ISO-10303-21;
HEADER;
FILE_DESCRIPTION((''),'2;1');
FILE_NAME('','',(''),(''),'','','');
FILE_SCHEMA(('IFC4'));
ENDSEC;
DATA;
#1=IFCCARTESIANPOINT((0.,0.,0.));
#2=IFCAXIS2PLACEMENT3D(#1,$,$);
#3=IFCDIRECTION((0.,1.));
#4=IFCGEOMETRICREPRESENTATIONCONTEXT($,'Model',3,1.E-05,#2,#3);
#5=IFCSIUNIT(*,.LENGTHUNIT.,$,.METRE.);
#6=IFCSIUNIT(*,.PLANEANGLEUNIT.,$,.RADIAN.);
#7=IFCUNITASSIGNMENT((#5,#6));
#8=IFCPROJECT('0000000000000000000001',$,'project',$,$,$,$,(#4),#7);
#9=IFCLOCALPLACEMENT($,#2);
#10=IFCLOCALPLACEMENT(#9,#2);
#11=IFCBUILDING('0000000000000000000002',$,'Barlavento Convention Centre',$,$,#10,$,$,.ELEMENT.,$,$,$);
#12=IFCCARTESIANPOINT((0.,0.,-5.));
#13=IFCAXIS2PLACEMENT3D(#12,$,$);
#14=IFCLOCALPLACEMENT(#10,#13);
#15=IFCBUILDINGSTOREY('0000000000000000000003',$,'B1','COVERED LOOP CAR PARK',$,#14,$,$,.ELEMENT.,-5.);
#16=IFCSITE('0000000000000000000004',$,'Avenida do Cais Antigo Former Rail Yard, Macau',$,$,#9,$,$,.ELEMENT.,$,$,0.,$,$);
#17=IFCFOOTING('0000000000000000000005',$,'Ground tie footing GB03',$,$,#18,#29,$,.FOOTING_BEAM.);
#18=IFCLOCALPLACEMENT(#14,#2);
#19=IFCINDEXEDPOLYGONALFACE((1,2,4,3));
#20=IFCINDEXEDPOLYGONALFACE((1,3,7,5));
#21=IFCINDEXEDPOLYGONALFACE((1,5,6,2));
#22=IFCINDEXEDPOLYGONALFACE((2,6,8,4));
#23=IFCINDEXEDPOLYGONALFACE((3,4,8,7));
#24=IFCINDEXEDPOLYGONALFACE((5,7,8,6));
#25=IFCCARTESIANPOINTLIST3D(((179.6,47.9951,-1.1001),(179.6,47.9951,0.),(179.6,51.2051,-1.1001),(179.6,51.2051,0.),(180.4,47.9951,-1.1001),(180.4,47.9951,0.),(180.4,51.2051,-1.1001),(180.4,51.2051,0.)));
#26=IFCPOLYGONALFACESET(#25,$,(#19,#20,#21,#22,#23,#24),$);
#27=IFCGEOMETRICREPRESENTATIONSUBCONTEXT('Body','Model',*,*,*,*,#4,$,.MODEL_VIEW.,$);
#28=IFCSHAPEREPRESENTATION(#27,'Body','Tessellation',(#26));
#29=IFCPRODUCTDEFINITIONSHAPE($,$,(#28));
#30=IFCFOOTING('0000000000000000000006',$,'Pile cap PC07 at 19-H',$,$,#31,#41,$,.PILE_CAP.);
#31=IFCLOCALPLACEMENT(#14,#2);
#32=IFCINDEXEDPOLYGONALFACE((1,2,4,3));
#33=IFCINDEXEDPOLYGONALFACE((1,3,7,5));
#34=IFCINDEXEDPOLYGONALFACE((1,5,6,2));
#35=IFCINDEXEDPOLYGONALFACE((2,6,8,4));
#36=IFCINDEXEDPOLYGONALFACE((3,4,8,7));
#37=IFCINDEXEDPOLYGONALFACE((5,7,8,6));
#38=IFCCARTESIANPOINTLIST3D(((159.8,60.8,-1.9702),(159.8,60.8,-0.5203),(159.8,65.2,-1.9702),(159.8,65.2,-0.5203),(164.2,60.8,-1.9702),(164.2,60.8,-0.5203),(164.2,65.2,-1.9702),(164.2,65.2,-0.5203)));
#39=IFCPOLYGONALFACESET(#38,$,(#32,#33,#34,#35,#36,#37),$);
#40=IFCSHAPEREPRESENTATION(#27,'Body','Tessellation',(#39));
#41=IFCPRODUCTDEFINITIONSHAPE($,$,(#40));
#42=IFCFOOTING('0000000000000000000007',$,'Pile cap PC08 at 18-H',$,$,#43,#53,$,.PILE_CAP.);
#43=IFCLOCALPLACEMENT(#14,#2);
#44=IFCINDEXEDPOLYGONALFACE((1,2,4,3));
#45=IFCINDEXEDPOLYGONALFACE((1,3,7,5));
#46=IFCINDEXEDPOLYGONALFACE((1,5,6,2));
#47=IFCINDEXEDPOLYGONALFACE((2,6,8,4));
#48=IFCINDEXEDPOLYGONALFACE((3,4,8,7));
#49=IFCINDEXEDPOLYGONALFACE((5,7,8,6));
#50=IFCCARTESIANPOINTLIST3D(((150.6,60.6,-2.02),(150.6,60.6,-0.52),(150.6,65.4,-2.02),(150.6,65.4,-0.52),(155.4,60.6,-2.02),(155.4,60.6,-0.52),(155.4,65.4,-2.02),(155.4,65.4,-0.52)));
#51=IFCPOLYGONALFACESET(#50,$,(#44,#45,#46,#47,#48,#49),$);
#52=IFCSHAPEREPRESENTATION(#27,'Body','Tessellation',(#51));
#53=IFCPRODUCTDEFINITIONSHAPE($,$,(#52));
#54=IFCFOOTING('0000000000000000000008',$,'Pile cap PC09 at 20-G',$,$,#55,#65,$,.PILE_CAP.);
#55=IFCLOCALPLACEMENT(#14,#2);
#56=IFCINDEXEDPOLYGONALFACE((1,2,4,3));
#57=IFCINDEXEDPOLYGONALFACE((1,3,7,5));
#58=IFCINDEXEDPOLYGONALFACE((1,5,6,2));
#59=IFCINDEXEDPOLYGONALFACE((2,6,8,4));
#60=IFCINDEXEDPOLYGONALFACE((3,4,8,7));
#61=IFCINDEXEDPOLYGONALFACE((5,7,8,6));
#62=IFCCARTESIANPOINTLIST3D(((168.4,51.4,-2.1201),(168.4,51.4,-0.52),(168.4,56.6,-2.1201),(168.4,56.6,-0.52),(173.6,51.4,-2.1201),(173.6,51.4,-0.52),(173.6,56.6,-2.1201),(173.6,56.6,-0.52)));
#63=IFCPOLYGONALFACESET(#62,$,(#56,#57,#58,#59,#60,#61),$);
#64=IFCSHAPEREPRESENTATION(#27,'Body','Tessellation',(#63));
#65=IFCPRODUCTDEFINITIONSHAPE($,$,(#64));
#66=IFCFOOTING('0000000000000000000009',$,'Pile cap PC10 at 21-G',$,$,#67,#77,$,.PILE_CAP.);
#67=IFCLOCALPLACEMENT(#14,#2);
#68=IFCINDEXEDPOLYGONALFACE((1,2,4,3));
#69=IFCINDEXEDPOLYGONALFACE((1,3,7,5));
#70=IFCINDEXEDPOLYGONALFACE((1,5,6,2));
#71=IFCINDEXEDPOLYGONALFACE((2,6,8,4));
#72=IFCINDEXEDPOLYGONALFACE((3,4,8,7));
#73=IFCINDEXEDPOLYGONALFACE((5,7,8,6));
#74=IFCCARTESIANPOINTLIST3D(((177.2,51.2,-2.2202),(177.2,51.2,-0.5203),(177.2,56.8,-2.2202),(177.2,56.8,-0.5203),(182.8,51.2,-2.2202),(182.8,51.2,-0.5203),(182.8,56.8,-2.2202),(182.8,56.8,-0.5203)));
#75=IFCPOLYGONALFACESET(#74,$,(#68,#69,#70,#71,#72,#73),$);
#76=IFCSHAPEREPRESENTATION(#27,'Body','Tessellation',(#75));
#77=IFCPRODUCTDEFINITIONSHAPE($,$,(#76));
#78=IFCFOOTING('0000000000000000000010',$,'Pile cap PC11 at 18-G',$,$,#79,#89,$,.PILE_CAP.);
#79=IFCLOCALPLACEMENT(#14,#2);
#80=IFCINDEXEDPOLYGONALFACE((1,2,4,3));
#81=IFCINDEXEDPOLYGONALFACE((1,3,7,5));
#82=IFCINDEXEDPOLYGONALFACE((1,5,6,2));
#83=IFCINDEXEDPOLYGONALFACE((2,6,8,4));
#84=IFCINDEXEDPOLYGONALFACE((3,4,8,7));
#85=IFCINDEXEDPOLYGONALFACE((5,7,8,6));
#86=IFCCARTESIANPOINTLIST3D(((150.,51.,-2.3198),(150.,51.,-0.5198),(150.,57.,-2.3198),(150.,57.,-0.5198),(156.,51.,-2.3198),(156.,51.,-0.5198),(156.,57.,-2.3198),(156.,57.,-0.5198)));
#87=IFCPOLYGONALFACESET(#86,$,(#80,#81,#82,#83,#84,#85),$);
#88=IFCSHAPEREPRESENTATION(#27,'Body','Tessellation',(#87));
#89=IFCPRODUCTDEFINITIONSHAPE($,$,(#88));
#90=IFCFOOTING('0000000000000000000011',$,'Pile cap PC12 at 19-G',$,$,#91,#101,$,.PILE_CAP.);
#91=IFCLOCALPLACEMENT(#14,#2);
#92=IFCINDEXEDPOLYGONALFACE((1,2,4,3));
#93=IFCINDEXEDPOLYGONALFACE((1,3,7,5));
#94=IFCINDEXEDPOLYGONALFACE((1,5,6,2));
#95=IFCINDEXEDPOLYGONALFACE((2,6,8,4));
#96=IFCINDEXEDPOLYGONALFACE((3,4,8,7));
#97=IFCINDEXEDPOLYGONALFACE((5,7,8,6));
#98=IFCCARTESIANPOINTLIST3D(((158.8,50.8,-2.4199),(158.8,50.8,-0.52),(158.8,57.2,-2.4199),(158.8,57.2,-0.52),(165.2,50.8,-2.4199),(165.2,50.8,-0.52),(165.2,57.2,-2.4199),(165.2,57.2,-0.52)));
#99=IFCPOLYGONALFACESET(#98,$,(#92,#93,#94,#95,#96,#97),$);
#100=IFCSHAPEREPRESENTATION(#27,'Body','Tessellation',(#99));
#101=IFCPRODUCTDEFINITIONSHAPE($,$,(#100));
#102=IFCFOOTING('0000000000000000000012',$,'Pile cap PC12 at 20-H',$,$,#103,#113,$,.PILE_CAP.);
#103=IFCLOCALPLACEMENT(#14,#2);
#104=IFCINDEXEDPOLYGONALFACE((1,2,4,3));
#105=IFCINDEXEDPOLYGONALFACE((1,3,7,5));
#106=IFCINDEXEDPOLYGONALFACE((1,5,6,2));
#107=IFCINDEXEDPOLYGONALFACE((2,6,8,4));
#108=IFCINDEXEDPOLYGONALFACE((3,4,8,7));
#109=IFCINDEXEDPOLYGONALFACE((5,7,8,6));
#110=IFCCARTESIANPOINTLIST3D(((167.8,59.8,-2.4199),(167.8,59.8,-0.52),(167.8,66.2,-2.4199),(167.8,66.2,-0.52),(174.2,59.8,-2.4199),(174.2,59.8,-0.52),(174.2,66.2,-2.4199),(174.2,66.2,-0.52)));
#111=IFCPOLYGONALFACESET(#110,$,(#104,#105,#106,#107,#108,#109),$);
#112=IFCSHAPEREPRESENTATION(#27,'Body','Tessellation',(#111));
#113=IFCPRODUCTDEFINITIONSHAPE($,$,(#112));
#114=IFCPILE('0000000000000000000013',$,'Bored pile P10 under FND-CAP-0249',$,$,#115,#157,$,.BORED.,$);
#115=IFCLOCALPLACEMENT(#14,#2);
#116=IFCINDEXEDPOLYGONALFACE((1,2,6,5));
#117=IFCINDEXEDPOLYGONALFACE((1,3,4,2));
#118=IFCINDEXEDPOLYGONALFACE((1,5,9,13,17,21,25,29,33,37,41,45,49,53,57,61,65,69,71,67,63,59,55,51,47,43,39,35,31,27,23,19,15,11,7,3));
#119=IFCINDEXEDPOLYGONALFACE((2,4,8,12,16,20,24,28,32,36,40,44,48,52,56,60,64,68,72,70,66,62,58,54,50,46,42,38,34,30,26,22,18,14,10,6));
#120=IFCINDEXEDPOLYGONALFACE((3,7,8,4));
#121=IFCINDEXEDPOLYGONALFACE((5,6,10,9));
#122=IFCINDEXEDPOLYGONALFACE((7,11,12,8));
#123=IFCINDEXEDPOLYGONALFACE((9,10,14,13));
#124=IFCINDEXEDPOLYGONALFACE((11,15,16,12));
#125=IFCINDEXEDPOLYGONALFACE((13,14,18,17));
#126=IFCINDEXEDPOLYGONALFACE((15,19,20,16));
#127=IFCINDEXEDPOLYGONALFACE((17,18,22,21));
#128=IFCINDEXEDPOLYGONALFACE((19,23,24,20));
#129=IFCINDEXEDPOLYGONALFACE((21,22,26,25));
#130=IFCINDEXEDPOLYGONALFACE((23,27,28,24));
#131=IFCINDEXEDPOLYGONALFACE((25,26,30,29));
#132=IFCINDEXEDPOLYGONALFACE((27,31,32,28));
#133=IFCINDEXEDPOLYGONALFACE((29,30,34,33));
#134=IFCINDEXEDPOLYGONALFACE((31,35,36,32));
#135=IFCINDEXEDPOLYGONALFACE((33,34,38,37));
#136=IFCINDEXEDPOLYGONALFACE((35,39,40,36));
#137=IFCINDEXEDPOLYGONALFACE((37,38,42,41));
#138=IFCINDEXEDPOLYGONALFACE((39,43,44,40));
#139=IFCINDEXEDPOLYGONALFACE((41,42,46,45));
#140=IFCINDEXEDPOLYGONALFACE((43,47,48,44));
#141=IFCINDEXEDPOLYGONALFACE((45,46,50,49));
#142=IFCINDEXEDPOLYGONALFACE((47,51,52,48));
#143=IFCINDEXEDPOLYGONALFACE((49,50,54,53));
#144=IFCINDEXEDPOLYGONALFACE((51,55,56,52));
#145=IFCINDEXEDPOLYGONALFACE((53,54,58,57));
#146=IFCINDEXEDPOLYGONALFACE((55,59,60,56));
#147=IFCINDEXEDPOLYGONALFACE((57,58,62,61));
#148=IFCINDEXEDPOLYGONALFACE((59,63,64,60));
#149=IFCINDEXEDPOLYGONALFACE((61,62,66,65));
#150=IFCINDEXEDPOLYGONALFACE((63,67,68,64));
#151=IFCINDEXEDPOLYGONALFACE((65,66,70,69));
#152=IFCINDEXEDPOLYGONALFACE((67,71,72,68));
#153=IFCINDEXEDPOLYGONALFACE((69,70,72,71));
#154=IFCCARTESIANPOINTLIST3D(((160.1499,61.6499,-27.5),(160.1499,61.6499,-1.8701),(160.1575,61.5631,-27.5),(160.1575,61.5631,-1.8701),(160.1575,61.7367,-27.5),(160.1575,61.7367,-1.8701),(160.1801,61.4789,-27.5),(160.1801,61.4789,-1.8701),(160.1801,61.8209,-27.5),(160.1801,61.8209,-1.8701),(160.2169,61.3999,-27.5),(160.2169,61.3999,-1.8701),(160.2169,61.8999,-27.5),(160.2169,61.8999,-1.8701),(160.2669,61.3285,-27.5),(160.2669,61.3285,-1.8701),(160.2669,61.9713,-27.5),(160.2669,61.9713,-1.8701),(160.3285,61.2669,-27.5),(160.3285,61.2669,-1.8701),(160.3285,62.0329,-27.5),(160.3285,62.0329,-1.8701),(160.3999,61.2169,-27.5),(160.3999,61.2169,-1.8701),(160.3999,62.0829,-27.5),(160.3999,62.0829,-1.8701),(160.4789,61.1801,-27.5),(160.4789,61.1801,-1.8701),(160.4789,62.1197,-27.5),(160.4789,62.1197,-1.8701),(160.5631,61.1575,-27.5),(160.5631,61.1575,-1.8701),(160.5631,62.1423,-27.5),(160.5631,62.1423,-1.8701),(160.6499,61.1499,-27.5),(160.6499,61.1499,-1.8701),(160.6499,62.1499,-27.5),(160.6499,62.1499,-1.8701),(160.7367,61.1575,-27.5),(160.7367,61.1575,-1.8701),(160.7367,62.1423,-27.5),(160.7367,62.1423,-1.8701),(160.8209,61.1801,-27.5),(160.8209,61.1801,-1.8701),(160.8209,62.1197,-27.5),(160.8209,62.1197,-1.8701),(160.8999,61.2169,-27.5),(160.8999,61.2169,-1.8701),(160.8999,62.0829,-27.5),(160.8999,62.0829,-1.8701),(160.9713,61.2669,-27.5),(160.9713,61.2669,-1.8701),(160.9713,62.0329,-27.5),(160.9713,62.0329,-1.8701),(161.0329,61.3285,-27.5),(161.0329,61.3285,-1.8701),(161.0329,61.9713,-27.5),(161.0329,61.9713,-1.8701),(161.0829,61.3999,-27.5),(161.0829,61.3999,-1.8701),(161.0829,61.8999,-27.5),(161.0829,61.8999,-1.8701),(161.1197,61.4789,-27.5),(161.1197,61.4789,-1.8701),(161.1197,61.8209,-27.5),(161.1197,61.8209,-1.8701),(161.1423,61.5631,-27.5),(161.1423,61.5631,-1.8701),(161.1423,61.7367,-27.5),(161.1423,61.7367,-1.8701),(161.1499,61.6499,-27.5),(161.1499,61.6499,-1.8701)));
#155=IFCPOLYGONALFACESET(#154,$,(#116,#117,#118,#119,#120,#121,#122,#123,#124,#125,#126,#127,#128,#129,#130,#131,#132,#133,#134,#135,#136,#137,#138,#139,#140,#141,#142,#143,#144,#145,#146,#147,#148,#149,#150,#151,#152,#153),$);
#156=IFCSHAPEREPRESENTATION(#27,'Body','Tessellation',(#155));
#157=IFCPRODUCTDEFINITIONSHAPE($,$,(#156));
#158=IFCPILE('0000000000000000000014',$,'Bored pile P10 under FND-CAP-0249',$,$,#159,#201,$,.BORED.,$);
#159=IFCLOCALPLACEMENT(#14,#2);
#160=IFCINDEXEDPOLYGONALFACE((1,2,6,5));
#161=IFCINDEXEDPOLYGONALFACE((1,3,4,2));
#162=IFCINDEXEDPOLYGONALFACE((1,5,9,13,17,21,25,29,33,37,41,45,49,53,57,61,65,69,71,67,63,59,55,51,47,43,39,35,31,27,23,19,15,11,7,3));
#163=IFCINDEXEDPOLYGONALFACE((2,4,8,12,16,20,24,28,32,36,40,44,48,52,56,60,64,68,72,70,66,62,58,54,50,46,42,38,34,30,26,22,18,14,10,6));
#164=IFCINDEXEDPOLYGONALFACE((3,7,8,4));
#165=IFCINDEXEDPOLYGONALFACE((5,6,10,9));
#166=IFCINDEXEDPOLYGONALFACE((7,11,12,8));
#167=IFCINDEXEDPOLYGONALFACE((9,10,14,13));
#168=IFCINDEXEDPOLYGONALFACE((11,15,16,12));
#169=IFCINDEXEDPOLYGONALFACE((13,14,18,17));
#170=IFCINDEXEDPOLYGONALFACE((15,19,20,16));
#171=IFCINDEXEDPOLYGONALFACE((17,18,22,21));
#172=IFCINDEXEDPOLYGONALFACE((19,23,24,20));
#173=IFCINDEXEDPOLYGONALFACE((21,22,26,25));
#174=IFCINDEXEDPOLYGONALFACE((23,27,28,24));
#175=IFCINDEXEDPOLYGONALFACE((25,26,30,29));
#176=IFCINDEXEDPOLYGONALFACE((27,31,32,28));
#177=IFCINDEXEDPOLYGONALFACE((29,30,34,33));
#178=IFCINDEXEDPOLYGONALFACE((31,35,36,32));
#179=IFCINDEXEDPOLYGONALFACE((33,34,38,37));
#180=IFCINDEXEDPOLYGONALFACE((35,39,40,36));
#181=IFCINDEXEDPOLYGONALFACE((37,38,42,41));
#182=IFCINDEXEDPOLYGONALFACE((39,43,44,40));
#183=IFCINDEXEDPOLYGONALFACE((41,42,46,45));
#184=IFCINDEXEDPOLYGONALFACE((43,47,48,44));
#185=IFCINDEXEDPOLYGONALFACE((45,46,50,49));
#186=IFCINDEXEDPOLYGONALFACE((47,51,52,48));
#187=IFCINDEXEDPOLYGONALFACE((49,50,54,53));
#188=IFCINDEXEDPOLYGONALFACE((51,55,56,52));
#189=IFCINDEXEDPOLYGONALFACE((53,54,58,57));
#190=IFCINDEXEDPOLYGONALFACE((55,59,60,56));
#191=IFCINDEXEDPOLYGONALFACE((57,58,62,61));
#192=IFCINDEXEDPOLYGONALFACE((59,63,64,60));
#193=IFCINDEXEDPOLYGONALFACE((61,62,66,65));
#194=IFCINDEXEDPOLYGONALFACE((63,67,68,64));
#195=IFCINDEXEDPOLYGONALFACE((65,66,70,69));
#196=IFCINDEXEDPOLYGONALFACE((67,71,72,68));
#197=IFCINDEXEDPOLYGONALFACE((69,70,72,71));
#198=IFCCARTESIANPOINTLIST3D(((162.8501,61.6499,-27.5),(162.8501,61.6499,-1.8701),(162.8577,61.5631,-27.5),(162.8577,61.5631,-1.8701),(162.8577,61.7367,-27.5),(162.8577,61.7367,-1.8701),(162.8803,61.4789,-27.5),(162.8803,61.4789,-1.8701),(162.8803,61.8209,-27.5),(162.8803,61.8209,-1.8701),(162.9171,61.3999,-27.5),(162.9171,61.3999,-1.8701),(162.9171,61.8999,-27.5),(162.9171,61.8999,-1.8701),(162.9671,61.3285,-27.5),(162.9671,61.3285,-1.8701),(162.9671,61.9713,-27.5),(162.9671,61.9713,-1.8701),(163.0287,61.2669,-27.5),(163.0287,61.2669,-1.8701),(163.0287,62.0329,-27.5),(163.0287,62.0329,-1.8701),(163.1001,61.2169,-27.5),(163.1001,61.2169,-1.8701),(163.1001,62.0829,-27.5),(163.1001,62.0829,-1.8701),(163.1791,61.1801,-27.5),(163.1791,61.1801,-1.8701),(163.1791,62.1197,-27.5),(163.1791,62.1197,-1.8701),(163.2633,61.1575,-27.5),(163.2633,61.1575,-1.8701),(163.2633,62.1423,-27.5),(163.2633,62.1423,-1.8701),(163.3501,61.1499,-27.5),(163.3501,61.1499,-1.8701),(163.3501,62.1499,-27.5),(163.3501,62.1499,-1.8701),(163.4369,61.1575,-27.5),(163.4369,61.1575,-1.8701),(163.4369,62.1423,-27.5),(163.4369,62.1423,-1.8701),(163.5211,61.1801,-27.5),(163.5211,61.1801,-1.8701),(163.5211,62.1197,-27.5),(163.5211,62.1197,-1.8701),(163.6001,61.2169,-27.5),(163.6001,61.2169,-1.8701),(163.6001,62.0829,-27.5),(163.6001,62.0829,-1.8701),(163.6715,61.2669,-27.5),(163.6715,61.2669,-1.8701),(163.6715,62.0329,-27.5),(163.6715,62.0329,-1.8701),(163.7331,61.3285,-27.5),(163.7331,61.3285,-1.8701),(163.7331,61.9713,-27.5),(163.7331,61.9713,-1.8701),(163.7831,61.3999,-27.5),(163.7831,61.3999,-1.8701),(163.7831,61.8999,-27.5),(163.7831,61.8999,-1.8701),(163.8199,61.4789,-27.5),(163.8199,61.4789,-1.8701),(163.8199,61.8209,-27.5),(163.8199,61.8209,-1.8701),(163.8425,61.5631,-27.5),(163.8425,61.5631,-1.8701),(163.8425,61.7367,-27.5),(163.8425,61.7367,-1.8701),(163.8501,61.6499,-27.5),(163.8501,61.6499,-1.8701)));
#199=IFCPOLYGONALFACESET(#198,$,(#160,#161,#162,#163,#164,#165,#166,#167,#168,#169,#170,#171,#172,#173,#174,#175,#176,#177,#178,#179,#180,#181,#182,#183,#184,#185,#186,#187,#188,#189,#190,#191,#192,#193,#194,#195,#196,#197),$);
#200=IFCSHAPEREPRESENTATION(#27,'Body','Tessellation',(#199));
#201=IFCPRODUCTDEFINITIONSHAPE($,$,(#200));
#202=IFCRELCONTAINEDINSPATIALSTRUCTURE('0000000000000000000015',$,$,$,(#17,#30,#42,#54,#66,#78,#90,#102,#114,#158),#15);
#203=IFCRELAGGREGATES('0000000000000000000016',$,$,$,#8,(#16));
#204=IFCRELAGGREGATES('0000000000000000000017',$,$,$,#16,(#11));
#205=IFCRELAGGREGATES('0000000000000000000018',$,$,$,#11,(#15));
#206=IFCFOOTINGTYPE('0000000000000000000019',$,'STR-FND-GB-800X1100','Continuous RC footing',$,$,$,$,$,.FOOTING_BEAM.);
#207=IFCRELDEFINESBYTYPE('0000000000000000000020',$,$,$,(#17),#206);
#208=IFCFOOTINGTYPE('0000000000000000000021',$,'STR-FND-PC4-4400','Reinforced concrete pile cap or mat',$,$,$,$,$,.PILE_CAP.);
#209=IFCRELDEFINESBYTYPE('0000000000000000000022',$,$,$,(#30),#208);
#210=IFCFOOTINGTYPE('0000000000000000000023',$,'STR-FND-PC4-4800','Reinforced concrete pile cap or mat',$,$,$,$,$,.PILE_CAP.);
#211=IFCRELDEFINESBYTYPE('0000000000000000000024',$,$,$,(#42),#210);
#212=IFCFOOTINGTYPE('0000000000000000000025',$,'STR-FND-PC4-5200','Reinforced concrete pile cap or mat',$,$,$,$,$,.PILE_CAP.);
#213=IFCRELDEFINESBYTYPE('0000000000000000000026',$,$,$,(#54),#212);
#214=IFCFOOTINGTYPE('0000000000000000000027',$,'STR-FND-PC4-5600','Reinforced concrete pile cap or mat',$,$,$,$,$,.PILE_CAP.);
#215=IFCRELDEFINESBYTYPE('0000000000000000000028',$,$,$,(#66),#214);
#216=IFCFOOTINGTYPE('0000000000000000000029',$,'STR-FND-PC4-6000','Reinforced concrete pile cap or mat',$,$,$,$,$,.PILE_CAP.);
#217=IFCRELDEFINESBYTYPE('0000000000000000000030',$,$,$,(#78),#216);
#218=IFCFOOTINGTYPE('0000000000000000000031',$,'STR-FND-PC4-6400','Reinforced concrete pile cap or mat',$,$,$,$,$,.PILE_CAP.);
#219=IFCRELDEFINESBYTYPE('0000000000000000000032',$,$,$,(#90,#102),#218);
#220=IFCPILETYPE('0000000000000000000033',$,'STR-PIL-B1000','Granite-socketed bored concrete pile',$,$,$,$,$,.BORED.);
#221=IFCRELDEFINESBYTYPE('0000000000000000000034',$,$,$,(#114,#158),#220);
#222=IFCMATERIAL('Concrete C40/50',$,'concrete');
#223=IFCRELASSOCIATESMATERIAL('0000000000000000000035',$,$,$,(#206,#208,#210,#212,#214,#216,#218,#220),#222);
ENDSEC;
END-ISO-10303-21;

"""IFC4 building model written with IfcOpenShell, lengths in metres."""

from ifc_helpers import new_model, si_unit, direction, frame, origin, origin_2d, place, context, subcontext, project, spatial, rectangle, circle, extrude, material, material_profile, profile_set, type_object, element, save


model = new_model("IFC4")

# Units and contexts
model_context = context("Model", 3, precision=1e-05, world=origin(), true_north=direction((0.0, 1.0)))
body_context = subcontext(model_context, "Body", "Model", "MODEL_VIEW")
ifc_project = project(units=[si_unit("LENGTHUNIT", "METRE"), si_unit("PLANEANGLEUNIT", "RADIAN")], contexts=[model_context])

# Site, building, storey
site_placement = place(None, origin())
site = spatial("IfcSite", under=ifc_project, at=site_placement, Name="Avenida do Cais Antigo Former Rail Yard, Macau", CompositionType="ELEMENT", RefElevation=0.0)
building_placement = place(site_placement, origin())
building = spatial("IfcBuilding", under=site, at=building_placement, Name="Barlavento Convention Centre", CompositionType="ELEMENT")
storey_placement = place(building_placement, frame((0.0, 0.0, -5.0)))
storey = spatial("IfcBuildingStorey", under=building, at=storey_placement, Name="B1", Description="COVERED LOOP CAR PARK", CompositionType="ELEMENT", Elevation=-5.0)

# Footings
ifc_material_1 = material(Name="Concrete C40/50", Category="concrete")
footing_type_1 = type_object("IfcFootingType", Name="STR-FND-GB-800X1100", Description="Continuous RC footing", PredefinedType="FOOTING_BEAM", material=ifc_material_1)
footing_1_placement = place(storey_placement, frame((180.0, 49.6001, -1.1001), z_axis=(0.0, 0.0, 1.0), x_axis=(1.0, 0.0, 0.0)))
element("IfcFooting", 1, at=footing_1_placement, inside=storey, type_object=footing_type_1, Name="Ground tie footing GB03", PredefinedType="FOOTING_BEAM", context=body_context, shape_type="SweptSolid", body=[
    extrude(rectangle(XDim=0.8, YDim=3.21, at=origin_2d()), origin(), (0.0, 0.0, 1.0), 1.1001),
])
footing_type_2 = type_object("IfcFootingType", Name="STR-FND-PC4-4400", Description="Reinforced concrete pile cap or mat", PredefinedType="PILE_CAP", material=ifc_material_1)
footing_2_placement = place(storey_placement, frame((162.0, 63.0, -1.9702), z_axis=(0.0, 0.0, 1.0), x_axis=(1.0, 0.0, 0.0)))
element("IfcFooting", 2, at=footing_2_placement, inside=storey, type_object=footing_type_2, Name="Pile cap PC07 at 19-H", PredefinedType="PILE_CAP", context=body_context, shape_type="SweptSolid", body=[
    extrude(rectangle(XDim=4.3999, YDim=4.3999, at=origin_2d()), origin(), (0.0, 0.0, 1.0), 1.45),
])
footing_type_3 = type_object("IfcFootingType", Name="STR-FND-PC4-4800", Description="Reinforced concrete pile cap or mat", PredefinedType="PILE_CAP", material=ifc_material_1)
footing_3_placement = place(storey_placement, frame((153.0, 63.0, -2.02), z_axis=(0.0, 0.0, 1.0), x_axis=(1.0, 0.0, 0.0)))
element("IfcFooting", 3, at=footing_3_placement, inside=storey, type_object=footing_type_3, Name="Pile cap PC08 at 18-H", PredefinedType="PILE_CAP", context=body_context, shape_type="SweptSolid", body=[
    extrude(rectangle(XDim=4.8, YDim=4.8, at=origin_2d()), origin(), (0.0, 0.0, 1.0), 1.5),
])
footing_type_4 = type_object("IfcFootingType", Name="STR-FND-PC4-5200", Description="Reinforced concrete pile cap or mat", PredefinedType="PILE_CAP", material=ifc_material_1)
footing_4_placement = place(storey_placement, frame((171.0, 54.0, -2.1201), z_axis=(0.0, 0.0, 1.0), x_axis=(1.0, 0.0, 0.0)))
element("IfcFooting", 4, at=footing_4_placement, inside=storey, type_object=footing_type_4, Name="Pile cap PC09 at 20-G", PredefinedType="PILE_CAP", context=body_context, shape_type="SweptSolid", body=[
    extrude(rectangle(XDim=5.2, YDim=5.2, at=origin_2d()), origin(), (0.0, 0.0, 1.0), 1.6001),
])
footing_type_5 = type_object("IfcFootingType", Name="STR-FND-PC4-5600", Description="Reinforced concrete pile cap or mat", PredefinedType="PILE_CAP", material=ifc_material_1)
footing_5_placement = place(storey_placement, frame((180.0, 54.0, -2.2202), z_axis=(0.0, 0.0, 1.0), x_axis=(1.0, 0.0, 0.0)))
element("IfcFooting", 5, at=footing_5_placement, inside=storey, type_object=footing_type_5, Name="Pile cap PC10 at 21-G", PredefinedType="PILE_CAP", context=body_context, shape_type="SweptSolid", body=[
    extrude(rectangle(XDim=5.6001, YDim=5.6001, at=origin_2d()), origin(), (0.0, 0.0, 1.0), 1.7),
])
footing_type_6 = type_object("IfcFootingType", Name="STR-FND-PC4-6000", Description="Reinforced concrete pile cap or mat", PredefinedType="PILE_CAP", material=ifc_material_1)
footing_6_placement = place(storey_placement, frame((153.0, 54.0, -2.3198), z_axis=(0.0, 0.0, 1.0), x_axis=(1.0, 0.0, 0.0)))
element("IfcFooting", 6, at=footing_6_placement, inside=storey, type_object=footing_type_6, Name="Pile cap PC11 at 18-G", PredefinedType="PILE_CAP", context=body_context, shape_type="SweptSolid", body=[
    extrude(rectangle(XDim=6.0, YDim=6.0, at=origin_2d()), origin(), (0.0, 0.0, 1.0), 1.8),
])
footing_type_7 = type_object("IfcFootingType", Name="STR-FND-PC4-6400", Description="Reinforced concrete pile cap or mat", PredefinedType="PILE_CAP", material=ifc_material_1)
for number, where, z_axis, x_axis, name in (
    (7, (162.0, 54.0, -2.4199), (0.0, 0.0, 1.0), (1.0, 0.0, 0.0), "Pile cap PC12 at 19-G"),
    (8, (171.0, 63.0, -2.4199), (0.0, 0.0, 1.0), (1.0, 0.0, 0.0), "Pile cap PC12 at 20-H"),
):
    element("IfcFooting", number, at=place(storey_placement, frame(where, z_axis=z_axis, x_axis=x_axis)), inside=storey, type_object=footing_type_7, Name=name, PredefinedType="PILE_CAP", context=body_context, shape_type="SweptSolid", body=[
        extrude(rectangle(XDim=6.3999, YDim=6.3999, at=origin_2d()), origin(), (0.0, 0.0, 1.0), 1.8999),
    ])

# Piles
ifc_material_profile_1 = material_profile(ifc_material_1, circle(Radius=0.5, at=origin_2d()), Name="BORED PILE 1000")
ifc_profile_set_1 = profile_set([ifc_material_profile_1], Name="Concrete C40/50")
pile_type_1 = type_object("IfcPileType", Name="STR-PIL-B1000", Description="Granite-socketed bored concrete pile", PredefinedType="BORED", material=ifc_profile_set_1)
for number, where, z_axis, x_axis, name in (
    (9, (160.6499, 61.6499, -1.8701), (0.0, 0.0, -1.0), (1.0, 0.0, 0.0), "Bored pile P10 under FND-CAP-0249"),
    (10, (163.3501, 61.6499, -1.8701), (0.0, 0.0, -1.0), (1.0, 0.0, 0.0), "Bored pile P10 under FND-CAP-0249"),
):
    element("IfcPile", number, at=place(storey_placement, frame(where, z_axis=z_axis, x_axis=x_axis)), inside=storey, type_object=pile_type_1, Name=name, PredefinedType="BORED", context=body_context, shape_type="SweptSolid", body=[
        extrude(circle(Radius=0.5, at=origin_2d()), origin(), (0.0, 0.0, 1.0), 25.6299),
    ])

save(model, "model.ifc")
